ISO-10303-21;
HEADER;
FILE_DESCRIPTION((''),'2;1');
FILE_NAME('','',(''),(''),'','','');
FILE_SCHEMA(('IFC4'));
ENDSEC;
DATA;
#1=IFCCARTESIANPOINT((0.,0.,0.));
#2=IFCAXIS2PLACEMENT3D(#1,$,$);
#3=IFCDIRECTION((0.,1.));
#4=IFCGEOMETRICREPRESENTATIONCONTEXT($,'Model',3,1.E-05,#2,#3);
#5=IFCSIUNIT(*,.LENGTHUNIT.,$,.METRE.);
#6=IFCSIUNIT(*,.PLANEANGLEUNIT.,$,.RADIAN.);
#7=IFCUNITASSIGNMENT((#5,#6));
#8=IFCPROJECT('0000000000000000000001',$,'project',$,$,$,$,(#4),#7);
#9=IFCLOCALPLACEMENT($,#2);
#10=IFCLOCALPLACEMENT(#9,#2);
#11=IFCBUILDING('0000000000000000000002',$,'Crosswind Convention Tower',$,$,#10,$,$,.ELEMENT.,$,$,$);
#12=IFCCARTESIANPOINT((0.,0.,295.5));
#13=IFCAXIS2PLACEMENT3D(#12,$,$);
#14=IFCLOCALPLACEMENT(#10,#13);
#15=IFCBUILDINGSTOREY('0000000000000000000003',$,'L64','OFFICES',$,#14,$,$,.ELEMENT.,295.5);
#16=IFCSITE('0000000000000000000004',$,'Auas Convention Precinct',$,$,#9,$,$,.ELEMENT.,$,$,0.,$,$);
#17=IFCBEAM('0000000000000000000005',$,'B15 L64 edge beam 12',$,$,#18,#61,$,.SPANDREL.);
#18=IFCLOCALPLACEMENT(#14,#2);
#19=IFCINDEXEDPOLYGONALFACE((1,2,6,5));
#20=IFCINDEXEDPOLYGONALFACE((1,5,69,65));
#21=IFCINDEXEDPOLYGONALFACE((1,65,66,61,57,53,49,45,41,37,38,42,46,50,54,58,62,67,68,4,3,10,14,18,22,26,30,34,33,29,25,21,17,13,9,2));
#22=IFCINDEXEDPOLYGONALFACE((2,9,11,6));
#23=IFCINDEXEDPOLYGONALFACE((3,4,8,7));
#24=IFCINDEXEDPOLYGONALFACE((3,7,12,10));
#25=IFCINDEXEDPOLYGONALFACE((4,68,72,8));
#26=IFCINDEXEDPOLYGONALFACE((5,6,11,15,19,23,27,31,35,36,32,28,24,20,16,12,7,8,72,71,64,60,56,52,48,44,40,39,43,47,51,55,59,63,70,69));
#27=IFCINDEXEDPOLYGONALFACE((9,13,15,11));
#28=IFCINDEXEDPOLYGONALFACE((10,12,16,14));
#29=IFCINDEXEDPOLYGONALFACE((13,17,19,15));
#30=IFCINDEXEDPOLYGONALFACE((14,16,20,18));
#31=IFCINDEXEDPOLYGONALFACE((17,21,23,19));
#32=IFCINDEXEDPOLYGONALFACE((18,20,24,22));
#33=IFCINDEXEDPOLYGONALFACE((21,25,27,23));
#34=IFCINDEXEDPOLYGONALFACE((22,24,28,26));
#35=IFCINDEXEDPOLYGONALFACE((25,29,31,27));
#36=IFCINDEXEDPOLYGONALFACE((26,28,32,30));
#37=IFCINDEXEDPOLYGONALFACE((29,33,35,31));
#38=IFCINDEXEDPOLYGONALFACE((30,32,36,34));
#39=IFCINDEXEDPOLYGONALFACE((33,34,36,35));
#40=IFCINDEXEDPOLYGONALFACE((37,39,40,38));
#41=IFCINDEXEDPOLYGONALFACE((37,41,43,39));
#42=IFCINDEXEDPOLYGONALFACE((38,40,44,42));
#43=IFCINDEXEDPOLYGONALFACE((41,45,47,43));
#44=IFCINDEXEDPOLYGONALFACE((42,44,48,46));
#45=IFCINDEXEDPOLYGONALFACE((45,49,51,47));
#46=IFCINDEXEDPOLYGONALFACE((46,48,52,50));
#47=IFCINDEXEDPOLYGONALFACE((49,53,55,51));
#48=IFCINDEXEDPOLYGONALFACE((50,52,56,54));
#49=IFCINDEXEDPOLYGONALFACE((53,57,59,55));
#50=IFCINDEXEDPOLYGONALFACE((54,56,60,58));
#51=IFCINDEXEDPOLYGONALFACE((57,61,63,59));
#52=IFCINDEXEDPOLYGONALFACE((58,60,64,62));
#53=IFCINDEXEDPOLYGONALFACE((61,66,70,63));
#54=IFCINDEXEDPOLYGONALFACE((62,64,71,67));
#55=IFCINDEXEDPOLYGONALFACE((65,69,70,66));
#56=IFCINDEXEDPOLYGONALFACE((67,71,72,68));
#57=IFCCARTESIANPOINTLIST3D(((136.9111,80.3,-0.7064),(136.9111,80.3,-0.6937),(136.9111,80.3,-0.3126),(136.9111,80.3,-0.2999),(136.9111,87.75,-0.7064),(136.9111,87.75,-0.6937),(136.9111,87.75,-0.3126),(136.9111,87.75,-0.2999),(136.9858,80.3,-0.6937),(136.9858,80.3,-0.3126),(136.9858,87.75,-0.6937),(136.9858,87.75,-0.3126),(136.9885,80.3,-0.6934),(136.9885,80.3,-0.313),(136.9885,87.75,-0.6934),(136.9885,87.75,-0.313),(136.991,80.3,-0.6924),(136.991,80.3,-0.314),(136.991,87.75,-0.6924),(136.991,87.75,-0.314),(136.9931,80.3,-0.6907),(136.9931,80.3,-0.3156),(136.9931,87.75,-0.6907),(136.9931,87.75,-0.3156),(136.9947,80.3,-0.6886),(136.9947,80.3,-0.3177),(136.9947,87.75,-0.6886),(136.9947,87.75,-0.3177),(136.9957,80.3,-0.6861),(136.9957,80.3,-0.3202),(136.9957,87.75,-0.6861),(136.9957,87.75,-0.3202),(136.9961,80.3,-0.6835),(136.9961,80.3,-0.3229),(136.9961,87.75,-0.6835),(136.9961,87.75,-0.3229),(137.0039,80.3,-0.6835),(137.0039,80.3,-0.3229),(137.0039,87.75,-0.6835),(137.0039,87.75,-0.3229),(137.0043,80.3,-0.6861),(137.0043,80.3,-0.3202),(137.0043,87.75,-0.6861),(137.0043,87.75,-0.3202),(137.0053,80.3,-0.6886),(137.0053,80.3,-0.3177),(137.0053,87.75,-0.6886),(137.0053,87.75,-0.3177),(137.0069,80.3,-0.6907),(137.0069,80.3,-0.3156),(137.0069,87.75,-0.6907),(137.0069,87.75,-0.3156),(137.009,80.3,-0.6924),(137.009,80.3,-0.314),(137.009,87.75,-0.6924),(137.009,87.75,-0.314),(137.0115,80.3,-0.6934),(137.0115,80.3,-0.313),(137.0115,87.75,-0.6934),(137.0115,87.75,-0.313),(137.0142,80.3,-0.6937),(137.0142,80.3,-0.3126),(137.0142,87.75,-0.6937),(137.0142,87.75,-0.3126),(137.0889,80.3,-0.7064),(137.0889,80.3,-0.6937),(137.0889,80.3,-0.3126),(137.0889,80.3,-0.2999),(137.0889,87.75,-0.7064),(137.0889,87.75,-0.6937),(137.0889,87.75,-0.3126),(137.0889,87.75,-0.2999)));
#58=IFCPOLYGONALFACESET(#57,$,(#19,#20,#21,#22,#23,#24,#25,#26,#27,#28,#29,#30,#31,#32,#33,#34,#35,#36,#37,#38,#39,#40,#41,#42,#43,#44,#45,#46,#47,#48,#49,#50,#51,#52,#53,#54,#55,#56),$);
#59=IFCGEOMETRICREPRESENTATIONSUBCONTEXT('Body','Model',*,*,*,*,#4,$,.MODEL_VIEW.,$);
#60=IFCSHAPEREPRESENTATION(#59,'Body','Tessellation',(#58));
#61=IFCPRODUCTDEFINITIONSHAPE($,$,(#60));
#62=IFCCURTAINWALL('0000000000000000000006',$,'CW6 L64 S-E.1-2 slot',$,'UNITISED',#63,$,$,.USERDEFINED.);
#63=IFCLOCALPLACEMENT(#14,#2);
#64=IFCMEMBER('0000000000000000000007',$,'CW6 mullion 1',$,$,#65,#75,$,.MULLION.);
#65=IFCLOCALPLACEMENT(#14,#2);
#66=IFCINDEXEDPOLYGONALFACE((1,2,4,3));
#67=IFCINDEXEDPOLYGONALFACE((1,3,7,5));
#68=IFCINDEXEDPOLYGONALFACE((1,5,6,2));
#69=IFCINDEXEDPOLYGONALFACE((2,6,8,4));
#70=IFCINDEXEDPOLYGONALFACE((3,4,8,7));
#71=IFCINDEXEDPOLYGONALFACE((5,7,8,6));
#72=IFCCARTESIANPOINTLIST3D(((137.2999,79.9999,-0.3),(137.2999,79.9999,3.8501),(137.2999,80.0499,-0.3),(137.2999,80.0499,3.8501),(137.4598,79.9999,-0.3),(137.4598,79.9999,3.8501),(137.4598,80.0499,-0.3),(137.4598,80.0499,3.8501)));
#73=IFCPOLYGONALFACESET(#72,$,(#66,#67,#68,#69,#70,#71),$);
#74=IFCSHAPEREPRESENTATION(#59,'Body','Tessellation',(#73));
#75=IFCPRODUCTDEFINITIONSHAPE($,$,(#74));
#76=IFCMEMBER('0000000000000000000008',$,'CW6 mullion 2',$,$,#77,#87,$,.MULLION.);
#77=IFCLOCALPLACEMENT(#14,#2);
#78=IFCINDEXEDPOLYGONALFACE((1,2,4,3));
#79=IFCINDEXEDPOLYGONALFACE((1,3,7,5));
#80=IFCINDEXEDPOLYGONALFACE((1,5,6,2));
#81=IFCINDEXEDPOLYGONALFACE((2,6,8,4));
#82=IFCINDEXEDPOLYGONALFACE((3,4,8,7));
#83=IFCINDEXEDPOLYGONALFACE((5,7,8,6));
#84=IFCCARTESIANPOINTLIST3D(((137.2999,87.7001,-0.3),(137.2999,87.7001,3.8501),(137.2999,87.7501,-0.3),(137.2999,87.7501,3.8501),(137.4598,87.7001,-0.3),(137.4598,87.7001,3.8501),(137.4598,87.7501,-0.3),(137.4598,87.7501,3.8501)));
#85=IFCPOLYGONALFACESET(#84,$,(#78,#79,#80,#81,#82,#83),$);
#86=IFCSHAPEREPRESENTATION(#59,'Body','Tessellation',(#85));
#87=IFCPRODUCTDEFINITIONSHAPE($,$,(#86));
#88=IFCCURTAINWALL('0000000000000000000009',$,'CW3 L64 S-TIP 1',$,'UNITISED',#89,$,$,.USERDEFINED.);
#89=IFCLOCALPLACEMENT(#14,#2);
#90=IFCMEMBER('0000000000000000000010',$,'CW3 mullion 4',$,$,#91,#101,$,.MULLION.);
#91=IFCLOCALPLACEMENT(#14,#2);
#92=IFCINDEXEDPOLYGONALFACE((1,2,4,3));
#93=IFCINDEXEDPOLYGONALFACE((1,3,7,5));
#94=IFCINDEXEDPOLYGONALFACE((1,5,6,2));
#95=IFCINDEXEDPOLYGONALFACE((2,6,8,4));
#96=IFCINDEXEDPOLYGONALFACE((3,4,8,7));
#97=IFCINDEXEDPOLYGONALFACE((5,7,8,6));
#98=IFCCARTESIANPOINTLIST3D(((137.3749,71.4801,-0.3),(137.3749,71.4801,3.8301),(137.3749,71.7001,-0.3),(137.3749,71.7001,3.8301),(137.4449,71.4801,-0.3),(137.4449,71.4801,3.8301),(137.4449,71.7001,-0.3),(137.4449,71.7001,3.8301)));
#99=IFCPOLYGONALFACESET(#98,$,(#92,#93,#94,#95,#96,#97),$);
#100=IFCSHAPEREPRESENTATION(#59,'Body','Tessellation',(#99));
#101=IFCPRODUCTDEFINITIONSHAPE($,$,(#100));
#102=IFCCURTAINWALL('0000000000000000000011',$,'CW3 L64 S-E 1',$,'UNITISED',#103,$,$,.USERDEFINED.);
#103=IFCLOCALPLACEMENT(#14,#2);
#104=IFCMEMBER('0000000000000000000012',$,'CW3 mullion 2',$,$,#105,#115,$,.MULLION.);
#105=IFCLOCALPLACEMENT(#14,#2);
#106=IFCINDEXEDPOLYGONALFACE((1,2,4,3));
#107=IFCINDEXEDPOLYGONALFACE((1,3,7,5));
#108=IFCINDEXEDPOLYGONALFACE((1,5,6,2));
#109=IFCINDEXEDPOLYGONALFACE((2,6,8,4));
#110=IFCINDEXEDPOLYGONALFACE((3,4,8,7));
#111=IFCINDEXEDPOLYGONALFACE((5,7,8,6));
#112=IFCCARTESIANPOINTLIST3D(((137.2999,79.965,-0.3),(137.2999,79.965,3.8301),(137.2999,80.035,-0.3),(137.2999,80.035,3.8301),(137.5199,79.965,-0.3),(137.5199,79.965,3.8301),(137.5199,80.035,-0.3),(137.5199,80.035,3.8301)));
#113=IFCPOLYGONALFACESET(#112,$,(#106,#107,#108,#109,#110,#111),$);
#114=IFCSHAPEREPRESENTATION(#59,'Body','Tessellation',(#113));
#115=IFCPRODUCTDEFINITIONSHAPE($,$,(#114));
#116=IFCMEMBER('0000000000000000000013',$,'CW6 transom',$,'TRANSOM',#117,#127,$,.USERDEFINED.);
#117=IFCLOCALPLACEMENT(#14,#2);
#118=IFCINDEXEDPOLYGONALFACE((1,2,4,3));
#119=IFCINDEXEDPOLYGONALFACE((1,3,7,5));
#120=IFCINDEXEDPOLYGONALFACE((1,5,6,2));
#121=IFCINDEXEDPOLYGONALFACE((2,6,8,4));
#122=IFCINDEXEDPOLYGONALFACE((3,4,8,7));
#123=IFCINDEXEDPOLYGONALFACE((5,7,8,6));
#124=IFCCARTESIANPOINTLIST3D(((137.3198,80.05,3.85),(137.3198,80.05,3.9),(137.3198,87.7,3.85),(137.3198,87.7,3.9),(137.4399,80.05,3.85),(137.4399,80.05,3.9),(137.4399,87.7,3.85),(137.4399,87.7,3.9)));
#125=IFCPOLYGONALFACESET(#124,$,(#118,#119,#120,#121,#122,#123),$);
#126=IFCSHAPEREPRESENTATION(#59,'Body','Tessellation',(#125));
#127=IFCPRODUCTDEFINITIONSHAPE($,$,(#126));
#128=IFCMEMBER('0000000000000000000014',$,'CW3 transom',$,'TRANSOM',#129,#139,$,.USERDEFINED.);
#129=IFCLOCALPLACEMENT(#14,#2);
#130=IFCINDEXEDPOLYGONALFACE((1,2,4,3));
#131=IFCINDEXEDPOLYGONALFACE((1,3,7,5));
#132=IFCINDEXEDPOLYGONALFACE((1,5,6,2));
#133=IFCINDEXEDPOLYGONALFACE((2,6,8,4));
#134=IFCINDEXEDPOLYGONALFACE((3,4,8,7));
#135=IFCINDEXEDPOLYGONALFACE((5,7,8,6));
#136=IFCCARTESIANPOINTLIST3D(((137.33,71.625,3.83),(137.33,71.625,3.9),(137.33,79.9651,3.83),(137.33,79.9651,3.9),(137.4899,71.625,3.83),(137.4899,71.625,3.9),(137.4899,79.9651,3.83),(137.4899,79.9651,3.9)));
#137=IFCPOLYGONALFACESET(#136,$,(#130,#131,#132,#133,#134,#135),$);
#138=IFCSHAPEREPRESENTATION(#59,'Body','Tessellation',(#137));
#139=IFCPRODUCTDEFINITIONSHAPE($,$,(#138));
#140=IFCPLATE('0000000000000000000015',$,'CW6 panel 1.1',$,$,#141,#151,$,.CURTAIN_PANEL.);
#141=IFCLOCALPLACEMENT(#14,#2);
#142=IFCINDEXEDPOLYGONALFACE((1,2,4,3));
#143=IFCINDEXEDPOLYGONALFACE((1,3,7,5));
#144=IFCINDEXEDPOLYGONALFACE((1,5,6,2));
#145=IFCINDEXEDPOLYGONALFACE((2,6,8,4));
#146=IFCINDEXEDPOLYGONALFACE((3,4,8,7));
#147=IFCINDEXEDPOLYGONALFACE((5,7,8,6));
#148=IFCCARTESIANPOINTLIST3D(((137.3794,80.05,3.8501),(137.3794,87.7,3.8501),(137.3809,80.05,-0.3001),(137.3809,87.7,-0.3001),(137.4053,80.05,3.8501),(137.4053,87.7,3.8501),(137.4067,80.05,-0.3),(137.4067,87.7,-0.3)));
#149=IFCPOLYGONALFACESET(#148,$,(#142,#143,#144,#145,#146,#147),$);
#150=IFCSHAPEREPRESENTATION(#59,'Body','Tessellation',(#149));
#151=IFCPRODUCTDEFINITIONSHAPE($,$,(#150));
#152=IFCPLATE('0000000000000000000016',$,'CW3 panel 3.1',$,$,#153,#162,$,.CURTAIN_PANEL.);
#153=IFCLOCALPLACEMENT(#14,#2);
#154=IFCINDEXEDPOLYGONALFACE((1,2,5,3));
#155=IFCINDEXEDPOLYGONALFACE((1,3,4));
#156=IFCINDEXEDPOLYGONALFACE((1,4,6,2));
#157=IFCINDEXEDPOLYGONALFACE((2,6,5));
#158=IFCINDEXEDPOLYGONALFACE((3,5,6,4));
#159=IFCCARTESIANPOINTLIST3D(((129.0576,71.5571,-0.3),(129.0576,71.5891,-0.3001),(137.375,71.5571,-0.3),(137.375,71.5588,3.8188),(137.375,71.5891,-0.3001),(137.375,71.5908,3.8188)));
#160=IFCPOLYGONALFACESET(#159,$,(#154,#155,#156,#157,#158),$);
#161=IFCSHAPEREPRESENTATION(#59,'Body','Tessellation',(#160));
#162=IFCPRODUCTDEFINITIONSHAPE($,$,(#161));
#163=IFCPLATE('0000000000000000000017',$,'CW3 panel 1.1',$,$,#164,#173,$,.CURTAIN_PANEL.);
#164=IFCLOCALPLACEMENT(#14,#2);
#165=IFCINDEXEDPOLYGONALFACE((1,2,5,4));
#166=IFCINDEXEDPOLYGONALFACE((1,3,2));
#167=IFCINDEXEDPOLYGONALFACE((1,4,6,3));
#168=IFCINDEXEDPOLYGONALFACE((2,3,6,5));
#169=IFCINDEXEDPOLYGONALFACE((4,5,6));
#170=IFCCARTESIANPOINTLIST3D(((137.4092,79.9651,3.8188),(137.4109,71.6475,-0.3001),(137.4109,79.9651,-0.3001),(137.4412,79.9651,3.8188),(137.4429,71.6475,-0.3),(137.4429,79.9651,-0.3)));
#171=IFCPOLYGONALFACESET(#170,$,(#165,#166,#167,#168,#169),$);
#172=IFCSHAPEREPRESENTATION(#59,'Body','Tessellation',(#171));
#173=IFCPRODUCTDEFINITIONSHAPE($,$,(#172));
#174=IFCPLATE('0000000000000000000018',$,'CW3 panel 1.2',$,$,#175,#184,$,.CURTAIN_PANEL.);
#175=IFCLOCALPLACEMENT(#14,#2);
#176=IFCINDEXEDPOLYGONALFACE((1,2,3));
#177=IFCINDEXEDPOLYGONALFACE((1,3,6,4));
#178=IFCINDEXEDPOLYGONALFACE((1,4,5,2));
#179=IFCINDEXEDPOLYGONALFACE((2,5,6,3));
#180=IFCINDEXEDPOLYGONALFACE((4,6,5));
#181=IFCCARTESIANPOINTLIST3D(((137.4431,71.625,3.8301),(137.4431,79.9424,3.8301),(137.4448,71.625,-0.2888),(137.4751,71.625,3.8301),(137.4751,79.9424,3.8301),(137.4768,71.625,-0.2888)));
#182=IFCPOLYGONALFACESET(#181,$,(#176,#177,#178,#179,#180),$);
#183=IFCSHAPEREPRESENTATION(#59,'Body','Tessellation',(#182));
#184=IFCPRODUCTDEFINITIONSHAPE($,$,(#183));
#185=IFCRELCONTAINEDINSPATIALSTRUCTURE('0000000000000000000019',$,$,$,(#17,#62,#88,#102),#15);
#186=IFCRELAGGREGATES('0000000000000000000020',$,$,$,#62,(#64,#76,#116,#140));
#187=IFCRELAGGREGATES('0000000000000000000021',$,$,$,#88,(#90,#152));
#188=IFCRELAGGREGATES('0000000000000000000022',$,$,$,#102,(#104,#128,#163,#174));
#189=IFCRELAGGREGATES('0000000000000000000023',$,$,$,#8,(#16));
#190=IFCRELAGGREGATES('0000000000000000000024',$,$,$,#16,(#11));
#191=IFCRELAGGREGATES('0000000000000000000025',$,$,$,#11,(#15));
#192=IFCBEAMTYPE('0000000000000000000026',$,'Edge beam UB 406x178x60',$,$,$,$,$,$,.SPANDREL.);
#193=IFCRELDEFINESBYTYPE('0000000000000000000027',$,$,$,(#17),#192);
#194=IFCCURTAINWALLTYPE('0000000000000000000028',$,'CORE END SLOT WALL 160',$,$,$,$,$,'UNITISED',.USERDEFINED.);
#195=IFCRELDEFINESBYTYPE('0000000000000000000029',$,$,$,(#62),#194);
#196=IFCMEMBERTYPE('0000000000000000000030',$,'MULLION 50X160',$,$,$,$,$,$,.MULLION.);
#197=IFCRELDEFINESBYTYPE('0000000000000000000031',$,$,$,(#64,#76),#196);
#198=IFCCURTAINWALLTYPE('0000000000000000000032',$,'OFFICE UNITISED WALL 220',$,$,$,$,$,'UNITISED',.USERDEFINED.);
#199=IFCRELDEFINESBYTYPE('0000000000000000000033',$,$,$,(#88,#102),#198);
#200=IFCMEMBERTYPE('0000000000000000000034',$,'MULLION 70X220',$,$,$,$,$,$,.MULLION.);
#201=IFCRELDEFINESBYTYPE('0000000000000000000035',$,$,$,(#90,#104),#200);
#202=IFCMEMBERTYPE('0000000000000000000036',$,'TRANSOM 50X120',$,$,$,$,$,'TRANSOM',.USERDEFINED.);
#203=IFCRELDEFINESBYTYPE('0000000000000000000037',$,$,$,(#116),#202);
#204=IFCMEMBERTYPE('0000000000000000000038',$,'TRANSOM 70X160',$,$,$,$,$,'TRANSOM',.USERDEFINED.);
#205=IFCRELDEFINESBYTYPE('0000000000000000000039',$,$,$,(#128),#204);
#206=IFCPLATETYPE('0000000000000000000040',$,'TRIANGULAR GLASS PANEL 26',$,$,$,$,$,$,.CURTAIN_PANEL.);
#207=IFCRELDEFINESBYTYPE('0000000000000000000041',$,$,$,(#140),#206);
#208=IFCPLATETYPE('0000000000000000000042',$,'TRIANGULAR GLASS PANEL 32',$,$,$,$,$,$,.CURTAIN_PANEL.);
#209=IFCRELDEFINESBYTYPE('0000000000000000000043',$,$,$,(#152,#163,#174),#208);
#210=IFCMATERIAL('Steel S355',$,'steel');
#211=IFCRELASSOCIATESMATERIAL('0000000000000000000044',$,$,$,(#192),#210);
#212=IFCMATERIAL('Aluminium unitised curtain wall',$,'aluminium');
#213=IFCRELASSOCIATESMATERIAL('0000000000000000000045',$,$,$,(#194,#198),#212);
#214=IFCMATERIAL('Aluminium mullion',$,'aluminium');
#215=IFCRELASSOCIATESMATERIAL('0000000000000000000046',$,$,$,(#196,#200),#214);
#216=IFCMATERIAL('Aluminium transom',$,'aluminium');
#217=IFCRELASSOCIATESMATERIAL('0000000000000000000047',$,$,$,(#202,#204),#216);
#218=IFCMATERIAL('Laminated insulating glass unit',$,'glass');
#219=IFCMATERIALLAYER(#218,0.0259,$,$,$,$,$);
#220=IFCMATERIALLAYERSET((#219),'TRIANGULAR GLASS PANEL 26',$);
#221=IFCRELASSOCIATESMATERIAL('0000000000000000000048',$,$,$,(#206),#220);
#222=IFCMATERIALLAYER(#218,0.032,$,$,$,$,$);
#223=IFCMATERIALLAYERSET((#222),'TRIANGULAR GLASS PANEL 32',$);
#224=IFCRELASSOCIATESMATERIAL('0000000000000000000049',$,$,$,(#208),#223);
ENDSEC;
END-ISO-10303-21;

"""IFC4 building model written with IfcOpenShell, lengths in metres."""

from ifc_helpers import new_model, si_unit, direction, frame, origin, origin_2d, place, context, subcontext, project, spatial, polyline, rectangle, i_section, outline, extrude, material, layer, layer_set, material_profile, profile_set, type_object, element, aggregate, save


model = new_model("IFC4")

# Units and contexts
model_context = context("Model", 3, precision=1e-05, world=origin(), true_north=direction((0.0, 1.0)))
body_context = subcontext(model_context, "Body", "Model", "MODEL_VIEW")
ifc_project = project(units=[si_unit("LENGTHUNIT", "METRE"), si_unit("PLANEANGLEUNIT", "RADIAN")], contexts=[model_context])

# Site, building, storey
site_placement = place(None, origin())
site = spatial("IfcSite", under=ifc_project, at=site_placement, Name="Auas Convention Precinct", CompositionType="ELEMENT", RefElevation=0.0)
building_placement = place(site_placement, origin())
building = spatial("IfcBuilding", under=site, at=building_placement, Name="Crosswind Convention Tower", CompositionType="ELEMENT")
storey_placement = place(building_placement, frame((0.0, 0.0, 295.5)))
storey = spatial("IfcBuildingStorey", under=building, at=storey_placement, Name="L64", Description="OFFICES", CompositionType="ELEMENT", Elevation=295.5)

# Beam
ifc_material_1 = material(Name="Steel S355", Category="steel")
ifc_material_profile_1 = material_profile(ifc_material_1, i_section(OverallWidth=0.1777, OverallDepth=0.4065, WebThickness=0.0078, FlangeThickness=0.0127, FilletRadius=0.0103, at=origin_2d()), Name="UB 406x178x60")
ifc_profile_set_1 = profile_set([ifc_material_profile_1], Name="Steel S355")
beam_type = type_object("IfcBeamType", Name="Edge beam UB 406x178x60", PredefinedType="SPANDREL", material=ifc_profile_set_1)
beam_placement = place(storey_placement, frame((137.0, 80.3, -0.5032), z_axis=(0.0, 1.0, 0.0), x_axis=(-1.0, 0.0, 0.0)))
element("IfcBeam", 1, at=beam_placement, inside=storey, type_object=beam_type, Name="B15 L64 edge beam 12", PredefinedType="SPANDREL", context=body_context, shape_type="SweptSolid", body=[
    extrude(i_section(OverallWidth=0.1777, OverallDepth=0.4065, WebThickness=0.0078, FlangeThickness=0.0127, FilletRadius=0.0103, at=origin_2d()), origin(), (0.0, 0.0, 1.0), 7.45),
])

# Curtain wall, members
ifc_material_2 = material(Name="Aluminium unitised curtain wall", Category="aluminium")
curtain_wall_type_1 = type_object("IfcCurtainWallType", Name="CORE END SLOT WALL 160", ElementType="UNITISED", PredefinedType="USERDEFINED", material=ifc_material_2)
curtain_wall_1_placement = place(storey_placement, origin())
curtain_wall_1 = element("IfcCurtainWall", 2, at=curtain_wall_1_placement, inside=storey, type_object=curtain_wall_type_1, Name="CW6 L64 S-E.1-2 slot", ObjectType="UNITISED", PredefinedType="USERDEFINED")
ifc_material_3 = material(Name="Aluminium mullion", Category="aluminium")
ifc_material_profile_2 = material_profile(ifc_material_3, rectangle(XDim=0.1599, YDim=0.05, at=origin_2d()), Name="AL 160X50")
ifc_profile_set_2 = profile_set([ifc_material_profile_2], Name="Aluminium mullion")
member_type_1 = type_object("IfcMemberType", Name="MULLION 50X160", PredefinedType="MULLION", material=ifc_profile_set_2)
member_1_placement = place(storey_placement, frame((137.3799, 80.0249, -0.3), z_axis=(0.0, 0.0, 1.0), x_axis=(1.0, 0.0, 0.0)))
member_1 = element("IfcMember", 3, at=member_1_placement, type_object=member_type_1, Name="CW6 mullion 1", PredefinedType="MULLION", context=body_context, shape_type="SweptSolid", body=[
    extrude(rectangle(XDim=0.1599, YDim=0.05, at=origin_2d()), origin(), (0.0, 0.0, 1.0), 4.1501),
])
member_2_placement = place(storey_placement, frame((137.3799, 87.7251, -0.3), z_axis=(0.0, 0.0, 1.0), x_axis=(1.0, 0.0, 0.0)))
member_2 = element("IfcMember", 4, at=member_2_placement, type_object=member_type_1, Name="CW6 mullion 2", PredefinedType="MULLION", context=body_context, shape_type="SweptSolid", body=[
    extrude(rectangle(XDim=0.1599, YDim=0.05, at=origin_2d()), origin(), (0.0, 0.0, 1.0), 4.1501),
])

# Curtain walls, members
curtain_wall_type_2 = type_object("IfcCurtainWallType", Name="OFFICE UNITISED WALL 220", ElementType="UNITISED", PredefinedType="USERDEFINED", material=ifc_material_2)
curtain_wall_2_placement = place(storey_placement, origin())
curtain_wall_2 = element("IfcCurtainWall", 5, at=curtain_wall_2_placement, inside=storey, type_object=curtain_wall_type_2, Name="CW3 L64 S-TIP 1", ObjectType="UNITISED", PredefinedType="USERDEFINED")
ifc_material_profile_3 = material_profile(ifc_material_3, rectangle(XDim=0.22, YDim=0.0701, at=origin_2d()), Name="AL 220X70")
ifc_profile_set_3 = profile_set([ifc_material_profile_3], Name="Aluminium mullion")
member_type_2 = type_object("IfcMemberType", Name="MULLION 70X220", PredefinedType="MULLION", material=ifc_profile_set_3)
member_3_placement = place(storey_placement, frame((137.4099, 71.5901, -0.3), z_axis=(0.0, 0.0, 1.0), x_axis=(0.0, -1.0, 0.0)))
member_3 = element("IfcMember", 6, at=member_3_placement, type_object=member_type_2, Name="CW3 mullion 4", PredefinedType="MULLION", context=body_context, shape_type="SweptSolid", body=[
    extrude(rectangle(XDim=0.22, YDim=0.0701, at=origin_2d()), origin(), (0.0, 0.0, 1.0), 4.1301),
])
curtain_wall_3_placement = place(storey_placement, origin())
curtain_wall_3 = element("IfcCurtainWall", 7, at=curtain_wall_3_placement, inside=storey, type_object=curtain_wall_type_2, Name="CW3 L64 S-E 1", ObjectType="UNITISED", PredefinedType="USERDEFINED")
member_4_placement = place(storey_placement, frame((137.4099, 80.0, -0.3), z_axis=(0.0, 0.0, 1.0), x_axis=(1.0, 0.0, 0.0)))
member_4 = element("IfcMember", 8, at=member_4_placement, type_object=member_type_2, Name="CW3 mullion 2", PredefinedType="MULLION", context=body_context, shape_type="SweptSolid", body=[
    extrude(rectangle(XDim=0.22, YDim=0.0701, at=origin_2d()), origin(), (0.0, 0.0, 1.0), 4.1301),
])

# Members
ifc_material_4 = material(Name="Aluminium transom", Category="aluminium")
ifc_material_profile_4 = material_profile(ifc_material_4, rectangle(XDim=0.1201, YDim=0.05, at=origin_2d()), Name="AL 120X50")
ifc_profile_set_4 = profile_set([ifc_material_profile_4], Name="Aluminium transom")
member_type_3 = type_object("IfcMemberType", Name="TRANSOM 50X120", ElementType="TRANSOM", PredefinedType="USERDEFINED", material=ifc_profile_set_4)
member_5_placement = place(storey_placement, frame((137.3799, 80.05, 3.875), z_axis=(0.0, 1.0, 0.0), x_axis=(-1.0, 0.0, 0.0)))
member_5 = element("IfcMember", 9, at=member_5_placement, type_object=member_type_3, Name="CW6 transom", ObjectType="TRANSOM", PredefinedType="USERDEFINED", context=body_context, shape_type="SweptSolid", body=[
    extrude(rectangle(XDim=0.1201, YDim=0.05, at=origin_2d()), origin(), (0.0, 0.0, 1.0), 7.6499),
])
ifc_material_profile_5 = material_profile(ifc_material_4, rectangle(XDim=0.1599, YDim=0.0701, at=origin_2d()), Name="AL 160X70")
ifc_profile_set_5 = profile_set([ifc_material_profile_5], Name="Aluminium transom")
member_type_4 = type_object("IfcMemberType", Name="TRANSOM 70X160", ElementType="TRANSOM", PredefinedType="USERDEFINED", material=ifc_profile_set_5)
member_6_placement = place(storey_placement, frame((137.4099, 71.625, 3.865), z_axis=(0.0, 1.0, 0.0), x_axis=(-1.0, 0.0, 0.0)))
member_6 = element("IfcMember", 10, at=member_6_placement, type_object=member_type_4, Name="CW3 transom", ObjectType="TRANSOM", PredefinedType="USERDEFINED", context=body_context, shape_type="SweptSolid", body=[
    extrude(rectangle(XDim=0.1599, YDim=0.0701, at=origin_2d()), origin(), (0.0, 0.0, 1.0), 8.3401),
])

# Plates
ifc_material_5 = material(Name="Laminated insulating glass unit", Category="glass")
ifc_layer_1 = layer(ifc_material_5, 0.0259)
ifc_layer_set_1 = layer_set([ifc_layer_1], Name="TRIANGULAR GLASS PANEL 26")
plate_type_1 = type_object("IfcPlateType", Name="TRIANGULAR GLASS PANEL 26", PredefinedType="CURTAIN_PANEL", material=ifc_layer_set_1)
plate_1_placement = place(storey_placement, frame((137.4067, 80.05, -0.3), z_axis=(1.0, 0.0, 0.000353), x_axis=(0.0, 1.0, 0.0)))
plate_1 = element("IfcPlate", 11, at=plate_1_placement, type_object=plate_type_1, Name="CW6 panel 1.1", PredefinedType="CURTAIN_PANEL", context=body_context, shape_type="SweptSolid", body=[
    extrude(outline(polyline([(0.0, 0.0), (7.6499, 0.0), (7.6499, 4.1501), (0.0, 4.1501), (0.0, 0.0)])), origin(), (0.0, 0.0, -1.0), 0.0259),
])
aggregate(curtain_wall_1, [member_1, member_2, member_5, plate_1])
ifc_layer_2 = layer(ifc_material_5, 0.032)
ifc_layer_set_2 = layer_set([ifc_layer_2], Name="TRIANGULAR GLASS PANEL 32")
plate_type_2 = type_object("IfcPlateType", Name="TRIANGULAR GLASS PANEL 32", PredefinedType="CURTAIN_PANEL", material=ifc_layer_set_2)
plate_2_placement = place(storey_placement, frame((137.375, 71.5571, -0.3), z_axis=(0.0, -1.0, 0.000415), x_axis=(0.0, 0.000415, 1.0)))
plate_2 = element("IfcPlate", 12, at=plate_2_placement, type_object=plate_type_2, Name="CW3 panel 3.1", PredefinedType="CURTAIN_PANEL", context=body_context, shape_type="SweptSolid", body=[
    extrude(outline(polyline([(0.0, 0.0), (4.1189, 0.0), (0.0, 8.3174), (0.0, 0.0)])), origin(), (0.0, 0.0, -1.0), 0.032),
])
aggregate(curtain_wall_2, [member_3, plate_2])
plate_3_placement = place(storey_placement, frame((137.4429, 79.9651, -0.3), z_axis=(1.0, 0.0, 0.000415), x_axis=(-0.000415, 0.0, 1.0)))
plate_3 = element("IfcPlate", 13, at=plate_3_placement, type_object=plate_type_2, Name="CW3 panel 1.1", PredefinedType="CURTAIN_PANEL", context=body_context, shape_type="SweptSolid", body=[
    extrude(outline(polyline([(0.0, 0.0), (4.1189, 0.0), (0.0, 8.3176), (0.0, 0.0)])), origin(), (0.0, 0.0, -1.0), 0.032),
])
plate_4_placement = place(storey_placement, frame((137.4751, 71.625, 3.8301), z_axis=(1.0, 0.0, 0.000415), x_axis=(0.000415, 0.0, -1.0)))
plate_4 = element("IfcPlate", 14, at=plate_4_placement, type_object=plate_type_2, Name="CW3 panel 1.2", PredefinedType="CURTAIN_PANEL", context=body_context, shape_type="SweptSolid", body=[
    extrude(outline(polyline([(0.0, 0.0), (4.1189, 0.0), (0.0, 8.3174), (0.0, 0.0)])), origin(), (0.0, 0.0, -1.0), 0.032),
])

aggregate(curtain_wall_3, [member_4, member_6, plate_3, plate_4])

save(model, "model.ifc")
